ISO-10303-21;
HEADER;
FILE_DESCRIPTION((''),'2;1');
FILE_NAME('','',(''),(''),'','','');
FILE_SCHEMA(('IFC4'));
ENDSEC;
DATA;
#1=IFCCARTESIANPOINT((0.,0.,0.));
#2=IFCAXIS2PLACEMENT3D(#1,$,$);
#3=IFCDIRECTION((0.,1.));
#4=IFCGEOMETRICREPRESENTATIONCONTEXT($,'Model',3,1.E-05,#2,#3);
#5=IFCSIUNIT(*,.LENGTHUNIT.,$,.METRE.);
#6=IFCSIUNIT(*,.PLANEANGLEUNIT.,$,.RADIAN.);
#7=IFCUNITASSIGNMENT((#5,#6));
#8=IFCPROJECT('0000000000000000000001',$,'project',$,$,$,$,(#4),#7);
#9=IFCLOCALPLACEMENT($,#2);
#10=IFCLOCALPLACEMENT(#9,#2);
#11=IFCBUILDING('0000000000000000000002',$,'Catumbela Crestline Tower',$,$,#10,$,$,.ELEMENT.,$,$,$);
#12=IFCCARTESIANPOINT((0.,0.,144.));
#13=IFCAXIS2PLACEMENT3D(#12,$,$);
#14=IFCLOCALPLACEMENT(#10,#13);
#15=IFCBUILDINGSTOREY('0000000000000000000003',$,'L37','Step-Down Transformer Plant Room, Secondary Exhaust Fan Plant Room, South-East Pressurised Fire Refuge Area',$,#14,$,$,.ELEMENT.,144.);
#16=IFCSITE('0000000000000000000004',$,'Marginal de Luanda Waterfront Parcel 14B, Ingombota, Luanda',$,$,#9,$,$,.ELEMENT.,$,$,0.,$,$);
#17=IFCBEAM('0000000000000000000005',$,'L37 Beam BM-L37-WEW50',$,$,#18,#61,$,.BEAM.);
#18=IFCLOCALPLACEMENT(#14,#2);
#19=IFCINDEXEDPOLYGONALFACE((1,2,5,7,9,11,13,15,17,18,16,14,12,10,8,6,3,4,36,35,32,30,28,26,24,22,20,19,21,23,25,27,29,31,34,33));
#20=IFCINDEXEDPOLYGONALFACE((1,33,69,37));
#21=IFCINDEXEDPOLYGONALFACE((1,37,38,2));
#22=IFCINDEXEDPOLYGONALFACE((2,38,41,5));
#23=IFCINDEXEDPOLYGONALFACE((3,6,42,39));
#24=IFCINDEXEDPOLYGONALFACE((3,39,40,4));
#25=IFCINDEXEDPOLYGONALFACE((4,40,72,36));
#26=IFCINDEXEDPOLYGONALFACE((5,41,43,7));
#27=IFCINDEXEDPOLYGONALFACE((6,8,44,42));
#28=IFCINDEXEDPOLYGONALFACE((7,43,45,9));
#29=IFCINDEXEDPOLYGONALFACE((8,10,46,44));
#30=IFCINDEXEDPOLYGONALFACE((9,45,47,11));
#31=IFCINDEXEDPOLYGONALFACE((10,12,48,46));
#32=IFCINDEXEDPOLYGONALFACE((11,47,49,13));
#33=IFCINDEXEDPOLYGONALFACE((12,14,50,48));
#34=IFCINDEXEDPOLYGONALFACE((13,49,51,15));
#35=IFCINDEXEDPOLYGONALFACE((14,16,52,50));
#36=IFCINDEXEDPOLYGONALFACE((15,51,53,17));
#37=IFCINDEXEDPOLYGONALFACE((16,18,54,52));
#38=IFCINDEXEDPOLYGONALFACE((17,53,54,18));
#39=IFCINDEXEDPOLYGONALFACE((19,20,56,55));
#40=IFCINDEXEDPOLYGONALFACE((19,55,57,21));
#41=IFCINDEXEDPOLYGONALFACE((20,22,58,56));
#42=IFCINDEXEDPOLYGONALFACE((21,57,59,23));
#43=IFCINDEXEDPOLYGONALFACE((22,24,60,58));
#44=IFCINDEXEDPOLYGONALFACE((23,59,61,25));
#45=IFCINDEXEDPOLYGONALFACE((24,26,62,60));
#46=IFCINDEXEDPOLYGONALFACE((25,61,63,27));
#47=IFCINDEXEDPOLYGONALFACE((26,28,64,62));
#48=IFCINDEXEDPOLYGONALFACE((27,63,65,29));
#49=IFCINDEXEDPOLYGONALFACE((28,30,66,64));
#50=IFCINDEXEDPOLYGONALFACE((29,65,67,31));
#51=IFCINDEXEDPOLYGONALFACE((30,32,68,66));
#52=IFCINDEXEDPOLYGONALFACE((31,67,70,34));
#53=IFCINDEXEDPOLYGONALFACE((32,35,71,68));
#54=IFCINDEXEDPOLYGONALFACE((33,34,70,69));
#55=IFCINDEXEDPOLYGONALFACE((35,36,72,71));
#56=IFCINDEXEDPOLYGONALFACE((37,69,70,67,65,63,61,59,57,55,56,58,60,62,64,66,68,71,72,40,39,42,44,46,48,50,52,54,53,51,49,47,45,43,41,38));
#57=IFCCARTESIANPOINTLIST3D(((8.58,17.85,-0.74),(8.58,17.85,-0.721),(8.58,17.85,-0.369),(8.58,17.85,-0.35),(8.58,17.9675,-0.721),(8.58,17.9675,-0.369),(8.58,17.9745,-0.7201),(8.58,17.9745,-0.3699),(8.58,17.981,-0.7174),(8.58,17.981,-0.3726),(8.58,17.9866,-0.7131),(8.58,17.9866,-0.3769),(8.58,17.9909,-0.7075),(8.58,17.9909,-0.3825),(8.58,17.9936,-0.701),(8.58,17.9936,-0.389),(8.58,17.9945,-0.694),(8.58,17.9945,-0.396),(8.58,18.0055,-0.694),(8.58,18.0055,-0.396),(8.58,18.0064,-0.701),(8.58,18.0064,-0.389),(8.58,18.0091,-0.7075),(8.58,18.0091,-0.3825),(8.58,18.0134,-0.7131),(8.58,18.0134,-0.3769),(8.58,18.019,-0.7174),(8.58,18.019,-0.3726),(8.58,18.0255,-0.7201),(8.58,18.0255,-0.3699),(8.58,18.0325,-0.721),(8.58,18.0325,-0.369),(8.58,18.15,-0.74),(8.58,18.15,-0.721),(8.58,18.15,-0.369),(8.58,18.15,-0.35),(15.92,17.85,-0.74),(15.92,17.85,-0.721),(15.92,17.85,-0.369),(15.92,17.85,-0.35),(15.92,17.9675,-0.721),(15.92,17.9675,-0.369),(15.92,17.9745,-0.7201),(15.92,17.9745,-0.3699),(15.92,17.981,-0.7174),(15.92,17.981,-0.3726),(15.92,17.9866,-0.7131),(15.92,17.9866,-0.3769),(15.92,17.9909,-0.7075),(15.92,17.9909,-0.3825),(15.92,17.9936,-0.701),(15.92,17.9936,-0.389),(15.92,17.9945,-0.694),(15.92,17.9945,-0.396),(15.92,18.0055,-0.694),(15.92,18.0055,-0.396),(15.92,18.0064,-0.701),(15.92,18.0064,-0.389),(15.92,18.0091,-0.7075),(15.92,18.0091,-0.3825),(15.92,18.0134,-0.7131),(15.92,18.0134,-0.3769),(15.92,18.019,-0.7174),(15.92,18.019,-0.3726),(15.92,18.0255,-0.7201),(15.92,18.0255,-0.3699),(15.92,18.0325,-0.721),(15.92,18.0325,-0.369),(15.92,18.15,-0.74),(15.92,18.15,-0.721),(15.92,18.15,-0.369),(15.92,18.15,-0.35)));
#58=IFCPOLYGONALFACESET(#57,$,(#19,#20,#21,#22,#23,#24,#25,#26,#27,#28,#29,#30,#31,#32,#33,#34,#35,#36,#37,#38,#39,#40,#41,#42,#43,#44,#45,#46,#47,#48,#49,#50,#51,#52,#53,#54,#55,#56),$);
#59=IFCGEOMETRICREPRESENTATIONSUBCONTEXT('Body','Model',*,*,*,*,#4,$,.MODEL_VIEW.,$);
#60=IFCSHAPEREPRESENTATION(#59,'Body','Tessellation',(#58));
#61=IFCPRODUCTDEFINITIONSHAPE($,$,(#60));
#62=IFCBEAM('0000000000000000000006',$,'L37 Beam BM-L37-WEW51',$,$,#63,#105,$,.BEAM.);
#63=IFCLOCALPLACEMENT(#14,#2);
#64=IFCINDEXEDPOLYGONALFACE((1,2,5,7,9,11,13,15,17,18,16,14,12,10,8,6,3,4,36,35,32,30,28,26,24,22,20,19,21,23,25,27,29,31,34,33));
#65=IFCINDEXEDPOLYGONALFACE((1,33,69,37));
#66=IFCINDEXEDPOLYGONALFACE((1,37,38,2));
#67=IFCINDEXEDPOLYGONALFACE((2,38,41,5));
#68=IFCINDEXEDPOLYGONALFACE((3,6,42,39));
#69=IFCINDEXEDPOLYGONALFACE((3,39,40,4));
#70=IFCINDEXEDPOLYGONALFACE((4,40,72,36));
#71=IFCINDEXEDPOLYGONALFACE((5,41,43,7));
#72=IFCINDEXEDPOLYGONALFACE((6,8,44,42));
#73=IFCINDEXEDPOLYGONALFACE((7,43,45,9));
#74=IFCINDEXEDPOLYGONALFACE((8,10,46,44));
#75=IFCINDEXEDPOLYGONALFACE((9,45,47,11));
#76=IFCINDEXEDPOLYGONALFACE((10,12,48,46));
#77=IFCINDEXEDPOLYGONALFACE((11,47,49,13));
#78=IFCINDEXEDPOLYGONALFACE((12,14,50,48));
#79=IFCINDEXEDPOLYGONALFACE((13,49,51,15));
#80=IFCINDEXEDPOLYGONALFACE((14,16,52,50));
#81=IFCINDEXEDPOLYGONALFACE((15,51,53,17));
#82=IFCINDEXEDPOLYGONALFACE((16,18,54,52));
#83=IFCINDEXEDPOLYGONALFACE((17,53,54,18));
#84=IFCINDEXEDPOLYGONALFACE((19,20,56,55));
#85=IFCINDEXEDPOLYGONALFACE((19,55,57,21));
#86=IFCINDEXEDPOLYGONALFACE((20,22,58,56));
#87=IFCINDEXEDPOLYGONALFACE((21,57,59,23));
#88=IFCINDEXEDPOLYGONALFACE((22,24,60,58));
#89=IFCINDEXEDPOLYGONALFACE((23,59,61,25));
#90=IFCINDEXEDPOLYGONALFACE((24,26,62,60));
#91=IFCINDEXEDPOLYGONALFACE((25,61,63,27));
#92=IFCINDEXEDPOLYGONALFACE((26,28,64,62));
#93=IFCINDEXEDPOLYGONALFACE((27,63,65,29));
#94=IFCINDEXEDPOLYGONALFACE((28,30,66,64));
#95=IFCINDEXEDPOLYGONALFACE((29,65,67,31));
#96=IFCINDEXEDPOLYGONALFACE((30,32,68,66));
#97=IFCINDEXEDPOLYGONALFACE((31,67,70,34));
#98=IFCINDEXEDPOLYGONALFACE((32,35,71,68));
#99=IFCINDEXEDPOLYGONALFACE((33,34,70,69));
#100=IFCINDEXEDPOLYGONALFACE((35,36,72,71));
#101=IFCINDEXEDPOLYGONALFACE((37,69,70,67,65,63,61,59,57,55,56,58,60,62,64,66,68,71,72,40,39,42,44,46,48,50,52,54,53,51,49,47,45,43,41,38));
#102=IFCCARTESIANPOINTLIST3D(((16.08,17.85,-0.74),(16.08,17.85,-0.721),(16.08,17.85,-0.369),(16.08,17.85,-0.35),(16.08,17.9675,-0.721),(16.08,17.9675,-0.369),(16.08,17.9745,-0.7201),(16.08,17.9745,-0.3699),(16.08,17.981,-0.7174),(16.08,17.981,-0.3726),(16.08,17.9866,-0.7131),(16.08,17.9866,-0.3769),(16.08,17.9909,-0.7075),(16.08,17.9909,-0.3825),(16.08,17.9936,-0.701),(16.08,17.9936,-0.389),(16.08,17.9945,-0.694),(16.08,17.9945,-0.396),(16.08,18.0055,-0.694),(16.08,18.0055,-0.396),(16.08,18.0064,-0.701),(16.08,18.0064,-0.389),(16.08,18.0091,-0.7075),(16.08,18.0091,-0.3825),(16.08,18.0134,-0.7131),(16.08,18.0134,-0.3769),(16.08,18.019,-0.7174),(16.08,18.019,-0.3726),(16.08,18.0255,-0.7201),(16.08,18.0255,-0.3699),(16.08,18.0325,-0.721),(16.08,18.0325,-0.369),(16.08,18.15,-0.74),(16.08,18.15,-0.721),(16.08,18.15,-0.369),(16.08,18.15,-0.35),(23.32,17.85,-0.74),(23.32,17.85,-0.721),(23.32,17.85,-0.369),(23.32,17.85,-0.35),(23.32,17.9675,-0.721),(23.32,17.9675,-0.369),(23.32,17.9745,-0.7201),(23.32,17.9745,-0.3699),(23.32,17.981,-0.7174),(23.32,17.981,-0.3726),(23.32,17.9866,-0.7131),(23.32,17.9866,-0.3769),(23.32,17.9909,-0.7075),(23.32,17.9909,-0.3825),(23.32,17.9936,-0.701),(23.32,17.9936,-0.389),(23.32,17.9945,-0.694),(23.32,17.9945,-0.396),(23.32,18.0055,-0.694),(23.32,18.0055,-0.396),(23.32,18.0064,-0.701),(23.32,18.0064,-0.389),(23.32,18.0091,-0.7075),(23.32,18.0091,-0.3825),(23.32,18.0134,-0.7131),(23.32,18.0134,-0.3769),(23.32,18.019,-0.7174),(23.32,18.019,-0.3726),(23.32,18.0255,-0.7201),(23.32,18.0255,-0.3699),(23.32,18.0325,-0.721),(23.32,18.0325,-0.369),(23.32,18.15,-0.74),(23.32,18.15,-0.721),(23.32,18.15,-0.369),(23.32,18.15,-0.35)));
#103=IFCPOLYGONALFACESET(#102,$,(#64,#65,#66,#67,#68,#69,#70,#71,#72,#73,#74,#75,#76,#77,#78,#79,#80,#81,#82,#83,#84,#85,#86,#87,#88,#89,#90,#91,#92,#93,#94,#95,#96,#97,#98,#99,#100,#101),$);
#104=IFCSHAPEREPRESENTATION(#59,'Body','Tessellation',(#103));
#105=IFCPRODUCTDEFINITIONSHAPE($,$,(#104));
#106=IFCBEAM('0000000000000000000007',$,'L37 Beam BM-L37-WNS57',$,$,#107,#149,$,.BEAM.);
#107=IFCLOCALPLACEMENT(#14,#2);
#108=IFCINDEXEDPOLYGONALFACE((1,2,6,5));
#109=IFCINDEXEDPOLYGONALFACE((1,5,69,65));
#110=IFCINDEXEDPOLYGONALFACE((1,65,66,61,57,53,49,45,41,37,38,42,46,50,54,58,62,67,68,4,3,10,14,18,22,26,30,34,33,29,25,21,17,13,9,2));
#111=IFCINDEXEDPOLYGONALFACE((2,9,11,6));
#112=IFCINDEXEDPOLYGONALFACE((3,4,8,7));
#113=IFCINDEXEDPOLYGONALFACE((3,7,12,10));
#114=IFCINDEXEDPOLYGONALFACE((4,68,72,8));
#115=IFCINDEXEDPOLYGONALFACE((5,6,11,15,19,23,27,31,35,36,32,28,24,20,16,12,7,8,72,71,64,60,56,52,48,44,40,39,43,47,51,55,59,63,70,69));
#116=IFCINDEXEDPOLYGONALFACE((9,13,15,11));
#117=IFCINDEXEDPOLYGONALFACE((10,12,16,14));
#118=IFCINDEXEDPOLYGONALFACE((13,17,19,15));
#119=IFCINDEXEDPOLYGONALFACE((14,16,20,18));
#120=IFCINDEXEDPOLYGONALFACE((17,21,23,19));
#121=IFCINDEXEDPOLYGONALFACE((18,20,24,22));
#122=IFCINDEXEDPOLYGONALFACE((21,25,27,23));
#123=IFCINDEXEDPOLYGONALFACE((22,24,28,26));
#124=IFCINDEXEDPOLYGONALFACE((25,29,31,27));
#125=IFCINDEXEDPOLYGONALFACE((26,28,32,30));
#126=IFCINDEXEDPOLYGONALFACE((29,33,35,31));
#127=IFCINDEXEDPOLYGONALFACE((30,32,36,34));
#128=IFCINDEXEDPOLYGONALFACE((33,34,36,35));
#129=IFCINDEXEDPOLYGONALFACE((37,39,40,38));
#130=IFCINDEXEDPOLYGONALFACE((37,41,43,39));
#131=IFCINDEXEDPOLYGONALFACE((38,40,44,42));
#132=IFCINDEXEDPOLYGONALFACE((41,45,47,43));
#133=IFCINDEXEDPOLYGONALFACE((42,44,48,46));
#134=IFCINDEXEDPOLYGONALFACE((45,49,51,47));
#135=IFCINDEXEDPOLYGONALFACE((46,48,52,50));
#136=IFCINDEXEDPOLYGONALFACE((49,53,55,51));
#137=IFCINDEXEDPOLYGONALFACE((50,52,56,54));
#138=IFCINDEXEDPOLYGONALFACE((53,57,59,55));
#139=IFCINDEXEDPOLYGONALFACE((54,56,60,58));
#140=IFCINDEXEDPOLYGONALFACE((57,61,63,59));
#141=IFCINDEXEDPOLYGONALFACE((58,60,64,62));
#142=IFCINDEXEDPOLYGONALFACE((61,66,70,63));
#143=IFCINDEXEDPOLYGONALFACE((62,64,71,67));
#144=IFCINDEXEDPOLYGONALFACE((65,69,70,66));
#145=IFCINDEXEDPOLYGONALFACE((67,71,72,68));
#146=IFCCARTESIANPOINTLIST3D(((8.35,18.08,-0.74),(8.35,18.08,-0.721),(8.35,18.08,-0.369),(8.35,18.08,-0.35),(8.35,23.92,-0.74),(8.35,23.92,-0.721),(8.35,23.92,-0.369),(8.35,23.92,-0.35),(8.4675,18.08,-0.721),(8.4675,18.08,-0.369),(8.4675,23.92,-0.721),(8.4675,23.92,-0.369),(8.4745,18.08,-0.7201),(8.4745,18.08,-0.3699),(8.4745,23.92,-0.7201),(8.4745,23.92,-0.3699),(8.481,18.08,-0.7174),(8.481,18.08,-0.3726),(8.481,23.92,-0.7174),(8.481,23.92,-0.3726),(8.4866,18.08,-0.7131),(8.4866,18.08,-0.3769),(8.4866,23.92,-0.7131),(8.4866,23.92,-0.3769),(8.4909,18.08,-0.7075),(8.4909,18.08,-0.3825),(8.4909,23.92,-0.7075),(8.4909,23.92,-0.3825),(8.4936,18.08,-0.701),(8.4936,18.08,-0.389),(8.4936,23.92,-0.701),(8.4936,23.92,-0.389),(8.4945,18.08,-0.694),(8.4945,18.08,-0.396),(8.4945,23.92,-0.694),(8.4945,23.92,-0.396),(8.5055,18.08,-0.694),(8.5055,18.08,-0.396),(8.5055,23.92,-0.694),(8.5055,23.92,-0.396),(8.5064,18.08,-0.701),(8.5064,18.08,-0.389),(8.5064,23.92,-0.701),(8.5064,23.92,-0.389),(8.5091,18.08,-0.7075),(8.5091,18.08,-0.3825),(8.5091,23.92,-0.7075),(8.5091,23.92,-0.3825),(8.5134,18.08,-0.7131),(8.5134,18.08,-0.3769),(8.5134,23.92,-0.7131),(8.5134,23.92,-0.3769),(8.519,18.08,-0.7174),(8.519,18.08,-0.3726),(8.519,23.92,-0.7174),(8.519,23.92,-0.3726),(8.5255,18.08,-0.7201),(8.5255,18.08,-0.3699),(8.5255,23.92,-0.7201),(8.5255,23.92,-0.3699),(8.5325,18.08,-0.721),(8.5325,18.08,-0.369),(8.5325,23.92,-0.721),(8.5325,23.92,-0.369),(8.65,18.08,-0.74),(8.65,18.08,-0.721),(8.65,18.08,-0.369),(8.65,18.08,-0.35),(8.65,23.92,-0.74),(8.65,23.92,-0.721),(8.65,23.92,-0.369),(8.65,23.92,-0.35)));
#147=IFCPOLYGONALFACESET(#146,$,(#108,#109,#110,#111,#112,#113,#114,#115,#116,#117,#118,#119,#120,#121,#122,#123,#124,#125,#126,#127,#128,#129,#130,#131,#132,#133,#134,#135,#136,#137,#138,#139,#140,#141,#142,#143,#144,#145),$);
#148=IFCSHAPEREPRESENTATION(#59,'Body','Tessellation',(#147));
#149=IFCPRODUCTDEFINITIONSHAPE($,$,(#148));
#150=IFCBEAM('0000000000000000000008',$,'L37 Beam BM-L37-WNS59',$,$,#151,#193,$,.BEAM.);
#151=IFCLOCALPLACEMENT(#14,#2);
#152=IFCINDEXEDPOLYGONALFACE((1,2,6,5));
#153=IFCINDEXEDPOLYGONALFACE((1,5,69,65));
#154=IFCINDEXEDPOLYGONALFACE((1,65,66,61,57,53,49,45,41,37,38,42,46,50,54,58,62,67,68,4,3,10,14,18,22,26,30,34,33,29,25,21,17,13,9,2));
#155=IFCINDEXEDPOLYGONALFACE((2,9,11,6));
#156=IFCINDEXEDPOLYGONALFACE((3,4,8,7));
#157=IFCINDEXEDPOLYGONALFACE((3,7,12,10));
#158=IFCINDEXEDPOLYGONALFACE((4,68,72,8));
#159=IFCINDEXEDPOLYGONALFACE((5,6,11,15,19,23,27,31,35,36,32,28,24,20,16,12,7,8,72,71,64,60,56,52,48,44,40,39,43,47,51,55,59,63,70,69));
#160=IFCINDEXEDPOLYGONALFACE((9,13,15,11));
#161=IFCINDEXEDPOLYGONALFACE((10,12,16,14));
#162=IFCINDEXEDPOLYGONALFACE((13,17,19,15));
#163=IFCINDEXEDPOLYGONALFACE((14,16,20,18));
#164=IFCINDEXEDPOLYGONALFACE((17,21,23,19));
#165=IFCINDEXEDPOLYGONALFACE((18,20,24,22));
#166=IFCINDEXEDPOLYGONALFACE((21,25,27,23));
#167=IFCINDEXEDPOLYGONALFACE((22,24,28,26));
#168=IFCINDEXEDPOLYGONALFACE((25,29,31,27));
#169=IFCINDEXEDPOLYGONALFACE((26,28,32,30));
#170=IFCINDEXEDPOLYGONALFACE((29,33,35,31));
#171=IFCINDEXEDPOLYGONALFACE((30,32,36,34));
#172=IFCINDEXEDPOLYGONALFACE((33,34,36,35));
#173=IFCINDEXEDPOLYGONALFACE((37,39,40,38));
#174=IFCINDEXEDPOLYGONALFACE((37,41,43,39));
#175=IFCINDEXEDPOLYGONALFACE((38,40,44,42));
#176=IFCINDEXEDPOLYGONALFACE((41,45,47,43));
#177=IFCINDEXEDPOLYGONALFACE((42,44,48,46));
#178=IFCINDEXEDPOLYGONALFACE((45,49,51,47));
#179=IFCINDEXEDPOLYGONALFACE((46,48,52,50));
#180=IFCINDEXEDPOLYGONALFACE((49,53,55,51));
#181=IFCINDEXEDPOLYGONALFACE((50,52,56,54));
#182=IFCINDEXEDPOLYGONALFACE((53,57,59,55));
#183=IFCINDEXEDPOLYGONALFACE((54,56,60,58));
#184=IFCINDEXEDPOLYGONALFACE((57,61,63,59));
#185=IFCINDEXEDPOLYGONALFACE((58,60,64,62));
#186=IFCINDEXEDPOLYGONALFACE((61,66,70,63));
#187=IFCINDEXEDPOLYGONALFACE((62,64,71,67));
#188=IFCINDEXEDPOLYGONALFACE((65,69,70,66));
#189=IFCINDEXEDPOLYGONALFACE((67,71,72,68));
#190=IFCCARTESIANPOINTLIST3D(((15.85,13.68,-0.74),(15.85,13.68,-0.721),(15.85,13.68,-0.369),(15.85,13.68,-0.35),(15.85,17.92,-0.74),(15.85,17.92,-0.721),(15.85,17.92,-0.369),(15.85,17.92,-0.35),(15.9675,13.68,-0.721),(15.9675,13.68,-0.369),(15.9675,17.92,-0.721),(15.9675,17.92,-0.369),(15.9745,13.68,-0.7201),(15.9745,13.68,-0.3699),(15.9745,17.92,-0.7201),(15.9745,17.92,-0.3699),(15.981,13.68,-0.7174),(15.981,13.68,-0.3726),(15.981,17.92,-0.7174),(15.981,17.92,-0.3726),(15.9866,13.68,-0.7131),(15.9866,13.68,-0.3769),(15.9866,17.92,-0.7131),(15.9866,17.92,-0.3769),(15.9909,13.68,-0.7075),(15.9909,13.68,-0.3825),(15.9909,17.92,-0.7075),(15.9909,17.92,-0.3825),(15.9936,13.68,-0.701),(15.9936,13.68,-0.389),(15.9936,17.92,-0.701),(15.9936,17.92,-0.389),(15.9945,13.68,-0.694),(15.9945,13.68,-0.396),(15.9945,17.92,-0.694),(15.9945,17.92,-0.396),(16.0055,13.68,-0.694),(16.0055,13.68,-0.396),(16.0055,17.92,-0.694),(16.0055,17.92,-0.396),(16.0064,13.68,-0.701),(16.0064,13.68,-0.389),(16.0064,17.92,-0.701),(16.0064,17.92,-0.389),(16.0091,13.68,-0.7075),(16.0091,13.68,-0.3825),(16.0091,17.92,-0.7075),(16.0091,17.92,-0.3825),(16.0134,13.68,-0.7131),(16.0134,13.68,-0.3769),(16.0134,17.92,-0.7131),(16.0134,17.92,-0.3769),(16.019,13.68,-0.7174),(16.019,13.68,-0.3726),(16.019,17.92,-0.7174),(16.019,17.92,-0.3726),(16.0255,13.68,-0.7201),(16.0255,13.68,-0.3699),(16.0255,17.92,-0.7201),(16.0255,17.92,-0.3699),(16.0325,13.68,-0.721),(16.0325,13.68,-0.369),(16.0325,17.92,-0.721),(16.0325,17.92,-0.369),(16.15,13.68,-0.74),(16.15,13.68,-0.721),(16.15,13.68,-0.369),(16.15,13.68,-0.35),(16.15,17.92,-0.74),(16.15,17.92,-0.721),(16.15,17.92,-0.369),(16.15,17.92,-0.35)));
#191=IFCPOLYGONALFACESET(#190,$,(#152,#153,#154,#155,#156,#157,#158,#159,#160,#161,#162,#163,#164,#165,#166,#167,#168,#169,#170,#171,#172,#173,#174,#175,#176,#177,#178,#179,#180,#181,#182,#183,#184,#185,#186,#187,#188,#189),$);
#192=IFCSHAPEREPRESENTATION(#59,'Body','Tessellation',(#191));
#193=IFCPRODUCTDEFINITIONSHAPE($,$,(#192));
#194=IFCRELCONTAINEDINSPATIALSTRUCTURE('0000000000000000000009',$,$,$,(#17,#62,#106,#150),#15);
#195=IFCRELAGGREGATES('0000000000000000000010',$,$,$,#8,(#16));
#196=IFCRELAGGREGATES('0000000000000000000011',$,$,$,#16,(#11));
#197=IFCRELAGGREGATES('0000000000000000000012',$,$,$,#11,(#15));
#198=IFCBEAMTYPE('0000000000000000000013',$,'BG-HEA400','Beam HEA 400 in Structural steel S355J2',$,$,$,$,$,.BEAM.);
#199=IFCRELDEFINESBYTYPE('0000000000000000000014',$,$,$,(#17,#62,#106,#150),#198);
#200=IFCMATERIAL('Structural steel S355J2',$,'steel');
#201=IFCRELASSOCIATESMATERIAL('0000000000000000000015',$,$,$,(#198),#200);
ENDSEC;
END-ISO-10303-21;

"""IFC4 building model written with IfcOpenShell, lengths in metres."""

from ifc_helpers import new_model, si_unit, direction, frame, origin, origin_2d, place, context, subcontext, project, spatial, i_section, extrude, material, material_profile, profile_set, type_object, element, save


model = new_model("IFC4")

# Units and contexts
model_context = context("Model", 3, precision=1e-05, world=origin(), true_north=direction((0.0, 1.0)))
body_context = subcontext(model_context, "Body", "Model", "MODEL_VIEW")
ifc_project = project(units=[si_unit("LENGTHUNIT", "METRE"), si_unit("PLANEANGLEUNIT", "RADIAN")], contexts=[model_context])

# Site, building, storey
site_placement = place(None, origin())
site = spatial("IfcSite", under=ifc_project, at=site_placement, Name="Marginal de Luanda Waterfront Parcel 14B, Ingombota, Luanda", CompositionType="ELEMENT", RefElevation=0.0)
building_placement = place(site_placement, origin())
building = spatial("IfcBuilding", under=site, at=building_placement, Name="Catumbela Crestline Tower", CompositionType="ELEMENT")
storey_placement = place(building_placement, frame((0.0, 0.0, 144.0)))
storey = spatial("IfcBuildingStorey", under=building, at=storey_placement, Name="L37", Description="Step-Down Transformer Plant Room, Secondary Exhaust Fan Plant Room, South-East Pressurised Fire Refuge Area", CompositionType="ELEMENT", Elevation=144.0)

# Beams
ifc_material_1 = material(Name="Structural steel S355J2", Category="steel")
ifc_material_profile_1 = material_profile(ifc_material_1, i_section(OverallWidth=0.3, OverallDepth=0.39, WebThickness=0.011, FlangeThickness=0.019, FilletRadius=0.027, at=origin_2d()), Name="HEA 400")
ifc_profile_set_1 = profile_set([ifc_material_profile_1], Name="Structural steel S355J2")
beam_type_1 = type_object("IfcBeamType", Name="BG-HEA400", Description="Beam HEA 400 in Structural steel S355J2", PredefinedType="BEAM", material=ifc_profile_set_1)
beam_1_placement = place(storey_placement, frame((8.58, 18.0, -0.545), z_axis=(1.0, 0.0, 0.0), x_axis=(0.0, 1.0, 0.0)))
element("IfcBeam", 1, at=beam_1_placement, inside=storey, type_object=beam_type_1, Name="L37 Beam BM-L37-WEW50", PredefinedType="BEAM", context=body_context, shape_type="SweptSolid", body=[
    extrude(i_section(OverallWidth=0.3, OverallDepth=0.39, WebThickness=0.011, FlangeThickness=0.019, FilletRadius=0.027, at=origin_2d()), origin(), (0.0, 0.0, 1.0), 7.34),
])
beam_2_placement = place(storey_placement, frame((16.08, 18.0, -0.545), z_axis=(1.0, 0.0, 0.0), x_axis=(0.0, 1.0, 0.0)))
element("IfcBeam", 2, at=beam_2_placement, inside=storey, type_object=beam_type_1, Name="L37 Beam BM-L37-WEW51", PredefinedType="BEAM", context=body_context, shape_type="SweptSolid", body=[
    extrude(i_section(OverallWidth=0.3, OverallDepth=0.39, WebThickness=0.011, FlangeThickness=0.019, FilletRadius=0.027, at=origin_2d()), origin(), (0.0, 0.0, 1.0), 7.24),
])
beam_3_placement = place(storey_placement, frame((8.5, 18.08, -0.545), z_axis=(0.0, 1.0, 0.0), x_axis=(-1.0, 0.0, 0.0)))
element("IfcBeam", 3, at=beam_3_placement, inside=storey, type_object=beam_type_1, Name="L37 Beam BM-L37-WNS57", PredefinedType="BEAM", context=body_context, shape_type="SweptSolid", body=[
    extrude(i_section(OverallWidth=0.3, OverallDepth=0.39, WebThickness=0.011, FlangeThickness=0.019, FilletRadius=0.027, at=origin_2d()), origin(), (0.0, 0.0, 1.0), 5.84),
])
beam_4_placement = place(storey_placement, frame((16.0, 13.68, -0.545), z_axis=(0.0, 1.0, 0.0), x_axis=(-1.0, 0.0, 0.0)))
element("IfcBeam", 4, at=beam_4_placement, inside=storey, type_object=beam_type_1, Name="L37 Beam BM-L37-WNS59", PredefinedType="BEAM", context=body_context, shape_type="SweptSolid", body=[
    extrude(i_section(OverallWidth=0.3, OverallDepth=0.39, WebThickness=0.011, FlangeThickness=0.019, FilletRadius=0.027, at=origin_2d()), origin(), (0.0, 0.0, 1.0), 4.24),
])

save(model, "model.ifc")
